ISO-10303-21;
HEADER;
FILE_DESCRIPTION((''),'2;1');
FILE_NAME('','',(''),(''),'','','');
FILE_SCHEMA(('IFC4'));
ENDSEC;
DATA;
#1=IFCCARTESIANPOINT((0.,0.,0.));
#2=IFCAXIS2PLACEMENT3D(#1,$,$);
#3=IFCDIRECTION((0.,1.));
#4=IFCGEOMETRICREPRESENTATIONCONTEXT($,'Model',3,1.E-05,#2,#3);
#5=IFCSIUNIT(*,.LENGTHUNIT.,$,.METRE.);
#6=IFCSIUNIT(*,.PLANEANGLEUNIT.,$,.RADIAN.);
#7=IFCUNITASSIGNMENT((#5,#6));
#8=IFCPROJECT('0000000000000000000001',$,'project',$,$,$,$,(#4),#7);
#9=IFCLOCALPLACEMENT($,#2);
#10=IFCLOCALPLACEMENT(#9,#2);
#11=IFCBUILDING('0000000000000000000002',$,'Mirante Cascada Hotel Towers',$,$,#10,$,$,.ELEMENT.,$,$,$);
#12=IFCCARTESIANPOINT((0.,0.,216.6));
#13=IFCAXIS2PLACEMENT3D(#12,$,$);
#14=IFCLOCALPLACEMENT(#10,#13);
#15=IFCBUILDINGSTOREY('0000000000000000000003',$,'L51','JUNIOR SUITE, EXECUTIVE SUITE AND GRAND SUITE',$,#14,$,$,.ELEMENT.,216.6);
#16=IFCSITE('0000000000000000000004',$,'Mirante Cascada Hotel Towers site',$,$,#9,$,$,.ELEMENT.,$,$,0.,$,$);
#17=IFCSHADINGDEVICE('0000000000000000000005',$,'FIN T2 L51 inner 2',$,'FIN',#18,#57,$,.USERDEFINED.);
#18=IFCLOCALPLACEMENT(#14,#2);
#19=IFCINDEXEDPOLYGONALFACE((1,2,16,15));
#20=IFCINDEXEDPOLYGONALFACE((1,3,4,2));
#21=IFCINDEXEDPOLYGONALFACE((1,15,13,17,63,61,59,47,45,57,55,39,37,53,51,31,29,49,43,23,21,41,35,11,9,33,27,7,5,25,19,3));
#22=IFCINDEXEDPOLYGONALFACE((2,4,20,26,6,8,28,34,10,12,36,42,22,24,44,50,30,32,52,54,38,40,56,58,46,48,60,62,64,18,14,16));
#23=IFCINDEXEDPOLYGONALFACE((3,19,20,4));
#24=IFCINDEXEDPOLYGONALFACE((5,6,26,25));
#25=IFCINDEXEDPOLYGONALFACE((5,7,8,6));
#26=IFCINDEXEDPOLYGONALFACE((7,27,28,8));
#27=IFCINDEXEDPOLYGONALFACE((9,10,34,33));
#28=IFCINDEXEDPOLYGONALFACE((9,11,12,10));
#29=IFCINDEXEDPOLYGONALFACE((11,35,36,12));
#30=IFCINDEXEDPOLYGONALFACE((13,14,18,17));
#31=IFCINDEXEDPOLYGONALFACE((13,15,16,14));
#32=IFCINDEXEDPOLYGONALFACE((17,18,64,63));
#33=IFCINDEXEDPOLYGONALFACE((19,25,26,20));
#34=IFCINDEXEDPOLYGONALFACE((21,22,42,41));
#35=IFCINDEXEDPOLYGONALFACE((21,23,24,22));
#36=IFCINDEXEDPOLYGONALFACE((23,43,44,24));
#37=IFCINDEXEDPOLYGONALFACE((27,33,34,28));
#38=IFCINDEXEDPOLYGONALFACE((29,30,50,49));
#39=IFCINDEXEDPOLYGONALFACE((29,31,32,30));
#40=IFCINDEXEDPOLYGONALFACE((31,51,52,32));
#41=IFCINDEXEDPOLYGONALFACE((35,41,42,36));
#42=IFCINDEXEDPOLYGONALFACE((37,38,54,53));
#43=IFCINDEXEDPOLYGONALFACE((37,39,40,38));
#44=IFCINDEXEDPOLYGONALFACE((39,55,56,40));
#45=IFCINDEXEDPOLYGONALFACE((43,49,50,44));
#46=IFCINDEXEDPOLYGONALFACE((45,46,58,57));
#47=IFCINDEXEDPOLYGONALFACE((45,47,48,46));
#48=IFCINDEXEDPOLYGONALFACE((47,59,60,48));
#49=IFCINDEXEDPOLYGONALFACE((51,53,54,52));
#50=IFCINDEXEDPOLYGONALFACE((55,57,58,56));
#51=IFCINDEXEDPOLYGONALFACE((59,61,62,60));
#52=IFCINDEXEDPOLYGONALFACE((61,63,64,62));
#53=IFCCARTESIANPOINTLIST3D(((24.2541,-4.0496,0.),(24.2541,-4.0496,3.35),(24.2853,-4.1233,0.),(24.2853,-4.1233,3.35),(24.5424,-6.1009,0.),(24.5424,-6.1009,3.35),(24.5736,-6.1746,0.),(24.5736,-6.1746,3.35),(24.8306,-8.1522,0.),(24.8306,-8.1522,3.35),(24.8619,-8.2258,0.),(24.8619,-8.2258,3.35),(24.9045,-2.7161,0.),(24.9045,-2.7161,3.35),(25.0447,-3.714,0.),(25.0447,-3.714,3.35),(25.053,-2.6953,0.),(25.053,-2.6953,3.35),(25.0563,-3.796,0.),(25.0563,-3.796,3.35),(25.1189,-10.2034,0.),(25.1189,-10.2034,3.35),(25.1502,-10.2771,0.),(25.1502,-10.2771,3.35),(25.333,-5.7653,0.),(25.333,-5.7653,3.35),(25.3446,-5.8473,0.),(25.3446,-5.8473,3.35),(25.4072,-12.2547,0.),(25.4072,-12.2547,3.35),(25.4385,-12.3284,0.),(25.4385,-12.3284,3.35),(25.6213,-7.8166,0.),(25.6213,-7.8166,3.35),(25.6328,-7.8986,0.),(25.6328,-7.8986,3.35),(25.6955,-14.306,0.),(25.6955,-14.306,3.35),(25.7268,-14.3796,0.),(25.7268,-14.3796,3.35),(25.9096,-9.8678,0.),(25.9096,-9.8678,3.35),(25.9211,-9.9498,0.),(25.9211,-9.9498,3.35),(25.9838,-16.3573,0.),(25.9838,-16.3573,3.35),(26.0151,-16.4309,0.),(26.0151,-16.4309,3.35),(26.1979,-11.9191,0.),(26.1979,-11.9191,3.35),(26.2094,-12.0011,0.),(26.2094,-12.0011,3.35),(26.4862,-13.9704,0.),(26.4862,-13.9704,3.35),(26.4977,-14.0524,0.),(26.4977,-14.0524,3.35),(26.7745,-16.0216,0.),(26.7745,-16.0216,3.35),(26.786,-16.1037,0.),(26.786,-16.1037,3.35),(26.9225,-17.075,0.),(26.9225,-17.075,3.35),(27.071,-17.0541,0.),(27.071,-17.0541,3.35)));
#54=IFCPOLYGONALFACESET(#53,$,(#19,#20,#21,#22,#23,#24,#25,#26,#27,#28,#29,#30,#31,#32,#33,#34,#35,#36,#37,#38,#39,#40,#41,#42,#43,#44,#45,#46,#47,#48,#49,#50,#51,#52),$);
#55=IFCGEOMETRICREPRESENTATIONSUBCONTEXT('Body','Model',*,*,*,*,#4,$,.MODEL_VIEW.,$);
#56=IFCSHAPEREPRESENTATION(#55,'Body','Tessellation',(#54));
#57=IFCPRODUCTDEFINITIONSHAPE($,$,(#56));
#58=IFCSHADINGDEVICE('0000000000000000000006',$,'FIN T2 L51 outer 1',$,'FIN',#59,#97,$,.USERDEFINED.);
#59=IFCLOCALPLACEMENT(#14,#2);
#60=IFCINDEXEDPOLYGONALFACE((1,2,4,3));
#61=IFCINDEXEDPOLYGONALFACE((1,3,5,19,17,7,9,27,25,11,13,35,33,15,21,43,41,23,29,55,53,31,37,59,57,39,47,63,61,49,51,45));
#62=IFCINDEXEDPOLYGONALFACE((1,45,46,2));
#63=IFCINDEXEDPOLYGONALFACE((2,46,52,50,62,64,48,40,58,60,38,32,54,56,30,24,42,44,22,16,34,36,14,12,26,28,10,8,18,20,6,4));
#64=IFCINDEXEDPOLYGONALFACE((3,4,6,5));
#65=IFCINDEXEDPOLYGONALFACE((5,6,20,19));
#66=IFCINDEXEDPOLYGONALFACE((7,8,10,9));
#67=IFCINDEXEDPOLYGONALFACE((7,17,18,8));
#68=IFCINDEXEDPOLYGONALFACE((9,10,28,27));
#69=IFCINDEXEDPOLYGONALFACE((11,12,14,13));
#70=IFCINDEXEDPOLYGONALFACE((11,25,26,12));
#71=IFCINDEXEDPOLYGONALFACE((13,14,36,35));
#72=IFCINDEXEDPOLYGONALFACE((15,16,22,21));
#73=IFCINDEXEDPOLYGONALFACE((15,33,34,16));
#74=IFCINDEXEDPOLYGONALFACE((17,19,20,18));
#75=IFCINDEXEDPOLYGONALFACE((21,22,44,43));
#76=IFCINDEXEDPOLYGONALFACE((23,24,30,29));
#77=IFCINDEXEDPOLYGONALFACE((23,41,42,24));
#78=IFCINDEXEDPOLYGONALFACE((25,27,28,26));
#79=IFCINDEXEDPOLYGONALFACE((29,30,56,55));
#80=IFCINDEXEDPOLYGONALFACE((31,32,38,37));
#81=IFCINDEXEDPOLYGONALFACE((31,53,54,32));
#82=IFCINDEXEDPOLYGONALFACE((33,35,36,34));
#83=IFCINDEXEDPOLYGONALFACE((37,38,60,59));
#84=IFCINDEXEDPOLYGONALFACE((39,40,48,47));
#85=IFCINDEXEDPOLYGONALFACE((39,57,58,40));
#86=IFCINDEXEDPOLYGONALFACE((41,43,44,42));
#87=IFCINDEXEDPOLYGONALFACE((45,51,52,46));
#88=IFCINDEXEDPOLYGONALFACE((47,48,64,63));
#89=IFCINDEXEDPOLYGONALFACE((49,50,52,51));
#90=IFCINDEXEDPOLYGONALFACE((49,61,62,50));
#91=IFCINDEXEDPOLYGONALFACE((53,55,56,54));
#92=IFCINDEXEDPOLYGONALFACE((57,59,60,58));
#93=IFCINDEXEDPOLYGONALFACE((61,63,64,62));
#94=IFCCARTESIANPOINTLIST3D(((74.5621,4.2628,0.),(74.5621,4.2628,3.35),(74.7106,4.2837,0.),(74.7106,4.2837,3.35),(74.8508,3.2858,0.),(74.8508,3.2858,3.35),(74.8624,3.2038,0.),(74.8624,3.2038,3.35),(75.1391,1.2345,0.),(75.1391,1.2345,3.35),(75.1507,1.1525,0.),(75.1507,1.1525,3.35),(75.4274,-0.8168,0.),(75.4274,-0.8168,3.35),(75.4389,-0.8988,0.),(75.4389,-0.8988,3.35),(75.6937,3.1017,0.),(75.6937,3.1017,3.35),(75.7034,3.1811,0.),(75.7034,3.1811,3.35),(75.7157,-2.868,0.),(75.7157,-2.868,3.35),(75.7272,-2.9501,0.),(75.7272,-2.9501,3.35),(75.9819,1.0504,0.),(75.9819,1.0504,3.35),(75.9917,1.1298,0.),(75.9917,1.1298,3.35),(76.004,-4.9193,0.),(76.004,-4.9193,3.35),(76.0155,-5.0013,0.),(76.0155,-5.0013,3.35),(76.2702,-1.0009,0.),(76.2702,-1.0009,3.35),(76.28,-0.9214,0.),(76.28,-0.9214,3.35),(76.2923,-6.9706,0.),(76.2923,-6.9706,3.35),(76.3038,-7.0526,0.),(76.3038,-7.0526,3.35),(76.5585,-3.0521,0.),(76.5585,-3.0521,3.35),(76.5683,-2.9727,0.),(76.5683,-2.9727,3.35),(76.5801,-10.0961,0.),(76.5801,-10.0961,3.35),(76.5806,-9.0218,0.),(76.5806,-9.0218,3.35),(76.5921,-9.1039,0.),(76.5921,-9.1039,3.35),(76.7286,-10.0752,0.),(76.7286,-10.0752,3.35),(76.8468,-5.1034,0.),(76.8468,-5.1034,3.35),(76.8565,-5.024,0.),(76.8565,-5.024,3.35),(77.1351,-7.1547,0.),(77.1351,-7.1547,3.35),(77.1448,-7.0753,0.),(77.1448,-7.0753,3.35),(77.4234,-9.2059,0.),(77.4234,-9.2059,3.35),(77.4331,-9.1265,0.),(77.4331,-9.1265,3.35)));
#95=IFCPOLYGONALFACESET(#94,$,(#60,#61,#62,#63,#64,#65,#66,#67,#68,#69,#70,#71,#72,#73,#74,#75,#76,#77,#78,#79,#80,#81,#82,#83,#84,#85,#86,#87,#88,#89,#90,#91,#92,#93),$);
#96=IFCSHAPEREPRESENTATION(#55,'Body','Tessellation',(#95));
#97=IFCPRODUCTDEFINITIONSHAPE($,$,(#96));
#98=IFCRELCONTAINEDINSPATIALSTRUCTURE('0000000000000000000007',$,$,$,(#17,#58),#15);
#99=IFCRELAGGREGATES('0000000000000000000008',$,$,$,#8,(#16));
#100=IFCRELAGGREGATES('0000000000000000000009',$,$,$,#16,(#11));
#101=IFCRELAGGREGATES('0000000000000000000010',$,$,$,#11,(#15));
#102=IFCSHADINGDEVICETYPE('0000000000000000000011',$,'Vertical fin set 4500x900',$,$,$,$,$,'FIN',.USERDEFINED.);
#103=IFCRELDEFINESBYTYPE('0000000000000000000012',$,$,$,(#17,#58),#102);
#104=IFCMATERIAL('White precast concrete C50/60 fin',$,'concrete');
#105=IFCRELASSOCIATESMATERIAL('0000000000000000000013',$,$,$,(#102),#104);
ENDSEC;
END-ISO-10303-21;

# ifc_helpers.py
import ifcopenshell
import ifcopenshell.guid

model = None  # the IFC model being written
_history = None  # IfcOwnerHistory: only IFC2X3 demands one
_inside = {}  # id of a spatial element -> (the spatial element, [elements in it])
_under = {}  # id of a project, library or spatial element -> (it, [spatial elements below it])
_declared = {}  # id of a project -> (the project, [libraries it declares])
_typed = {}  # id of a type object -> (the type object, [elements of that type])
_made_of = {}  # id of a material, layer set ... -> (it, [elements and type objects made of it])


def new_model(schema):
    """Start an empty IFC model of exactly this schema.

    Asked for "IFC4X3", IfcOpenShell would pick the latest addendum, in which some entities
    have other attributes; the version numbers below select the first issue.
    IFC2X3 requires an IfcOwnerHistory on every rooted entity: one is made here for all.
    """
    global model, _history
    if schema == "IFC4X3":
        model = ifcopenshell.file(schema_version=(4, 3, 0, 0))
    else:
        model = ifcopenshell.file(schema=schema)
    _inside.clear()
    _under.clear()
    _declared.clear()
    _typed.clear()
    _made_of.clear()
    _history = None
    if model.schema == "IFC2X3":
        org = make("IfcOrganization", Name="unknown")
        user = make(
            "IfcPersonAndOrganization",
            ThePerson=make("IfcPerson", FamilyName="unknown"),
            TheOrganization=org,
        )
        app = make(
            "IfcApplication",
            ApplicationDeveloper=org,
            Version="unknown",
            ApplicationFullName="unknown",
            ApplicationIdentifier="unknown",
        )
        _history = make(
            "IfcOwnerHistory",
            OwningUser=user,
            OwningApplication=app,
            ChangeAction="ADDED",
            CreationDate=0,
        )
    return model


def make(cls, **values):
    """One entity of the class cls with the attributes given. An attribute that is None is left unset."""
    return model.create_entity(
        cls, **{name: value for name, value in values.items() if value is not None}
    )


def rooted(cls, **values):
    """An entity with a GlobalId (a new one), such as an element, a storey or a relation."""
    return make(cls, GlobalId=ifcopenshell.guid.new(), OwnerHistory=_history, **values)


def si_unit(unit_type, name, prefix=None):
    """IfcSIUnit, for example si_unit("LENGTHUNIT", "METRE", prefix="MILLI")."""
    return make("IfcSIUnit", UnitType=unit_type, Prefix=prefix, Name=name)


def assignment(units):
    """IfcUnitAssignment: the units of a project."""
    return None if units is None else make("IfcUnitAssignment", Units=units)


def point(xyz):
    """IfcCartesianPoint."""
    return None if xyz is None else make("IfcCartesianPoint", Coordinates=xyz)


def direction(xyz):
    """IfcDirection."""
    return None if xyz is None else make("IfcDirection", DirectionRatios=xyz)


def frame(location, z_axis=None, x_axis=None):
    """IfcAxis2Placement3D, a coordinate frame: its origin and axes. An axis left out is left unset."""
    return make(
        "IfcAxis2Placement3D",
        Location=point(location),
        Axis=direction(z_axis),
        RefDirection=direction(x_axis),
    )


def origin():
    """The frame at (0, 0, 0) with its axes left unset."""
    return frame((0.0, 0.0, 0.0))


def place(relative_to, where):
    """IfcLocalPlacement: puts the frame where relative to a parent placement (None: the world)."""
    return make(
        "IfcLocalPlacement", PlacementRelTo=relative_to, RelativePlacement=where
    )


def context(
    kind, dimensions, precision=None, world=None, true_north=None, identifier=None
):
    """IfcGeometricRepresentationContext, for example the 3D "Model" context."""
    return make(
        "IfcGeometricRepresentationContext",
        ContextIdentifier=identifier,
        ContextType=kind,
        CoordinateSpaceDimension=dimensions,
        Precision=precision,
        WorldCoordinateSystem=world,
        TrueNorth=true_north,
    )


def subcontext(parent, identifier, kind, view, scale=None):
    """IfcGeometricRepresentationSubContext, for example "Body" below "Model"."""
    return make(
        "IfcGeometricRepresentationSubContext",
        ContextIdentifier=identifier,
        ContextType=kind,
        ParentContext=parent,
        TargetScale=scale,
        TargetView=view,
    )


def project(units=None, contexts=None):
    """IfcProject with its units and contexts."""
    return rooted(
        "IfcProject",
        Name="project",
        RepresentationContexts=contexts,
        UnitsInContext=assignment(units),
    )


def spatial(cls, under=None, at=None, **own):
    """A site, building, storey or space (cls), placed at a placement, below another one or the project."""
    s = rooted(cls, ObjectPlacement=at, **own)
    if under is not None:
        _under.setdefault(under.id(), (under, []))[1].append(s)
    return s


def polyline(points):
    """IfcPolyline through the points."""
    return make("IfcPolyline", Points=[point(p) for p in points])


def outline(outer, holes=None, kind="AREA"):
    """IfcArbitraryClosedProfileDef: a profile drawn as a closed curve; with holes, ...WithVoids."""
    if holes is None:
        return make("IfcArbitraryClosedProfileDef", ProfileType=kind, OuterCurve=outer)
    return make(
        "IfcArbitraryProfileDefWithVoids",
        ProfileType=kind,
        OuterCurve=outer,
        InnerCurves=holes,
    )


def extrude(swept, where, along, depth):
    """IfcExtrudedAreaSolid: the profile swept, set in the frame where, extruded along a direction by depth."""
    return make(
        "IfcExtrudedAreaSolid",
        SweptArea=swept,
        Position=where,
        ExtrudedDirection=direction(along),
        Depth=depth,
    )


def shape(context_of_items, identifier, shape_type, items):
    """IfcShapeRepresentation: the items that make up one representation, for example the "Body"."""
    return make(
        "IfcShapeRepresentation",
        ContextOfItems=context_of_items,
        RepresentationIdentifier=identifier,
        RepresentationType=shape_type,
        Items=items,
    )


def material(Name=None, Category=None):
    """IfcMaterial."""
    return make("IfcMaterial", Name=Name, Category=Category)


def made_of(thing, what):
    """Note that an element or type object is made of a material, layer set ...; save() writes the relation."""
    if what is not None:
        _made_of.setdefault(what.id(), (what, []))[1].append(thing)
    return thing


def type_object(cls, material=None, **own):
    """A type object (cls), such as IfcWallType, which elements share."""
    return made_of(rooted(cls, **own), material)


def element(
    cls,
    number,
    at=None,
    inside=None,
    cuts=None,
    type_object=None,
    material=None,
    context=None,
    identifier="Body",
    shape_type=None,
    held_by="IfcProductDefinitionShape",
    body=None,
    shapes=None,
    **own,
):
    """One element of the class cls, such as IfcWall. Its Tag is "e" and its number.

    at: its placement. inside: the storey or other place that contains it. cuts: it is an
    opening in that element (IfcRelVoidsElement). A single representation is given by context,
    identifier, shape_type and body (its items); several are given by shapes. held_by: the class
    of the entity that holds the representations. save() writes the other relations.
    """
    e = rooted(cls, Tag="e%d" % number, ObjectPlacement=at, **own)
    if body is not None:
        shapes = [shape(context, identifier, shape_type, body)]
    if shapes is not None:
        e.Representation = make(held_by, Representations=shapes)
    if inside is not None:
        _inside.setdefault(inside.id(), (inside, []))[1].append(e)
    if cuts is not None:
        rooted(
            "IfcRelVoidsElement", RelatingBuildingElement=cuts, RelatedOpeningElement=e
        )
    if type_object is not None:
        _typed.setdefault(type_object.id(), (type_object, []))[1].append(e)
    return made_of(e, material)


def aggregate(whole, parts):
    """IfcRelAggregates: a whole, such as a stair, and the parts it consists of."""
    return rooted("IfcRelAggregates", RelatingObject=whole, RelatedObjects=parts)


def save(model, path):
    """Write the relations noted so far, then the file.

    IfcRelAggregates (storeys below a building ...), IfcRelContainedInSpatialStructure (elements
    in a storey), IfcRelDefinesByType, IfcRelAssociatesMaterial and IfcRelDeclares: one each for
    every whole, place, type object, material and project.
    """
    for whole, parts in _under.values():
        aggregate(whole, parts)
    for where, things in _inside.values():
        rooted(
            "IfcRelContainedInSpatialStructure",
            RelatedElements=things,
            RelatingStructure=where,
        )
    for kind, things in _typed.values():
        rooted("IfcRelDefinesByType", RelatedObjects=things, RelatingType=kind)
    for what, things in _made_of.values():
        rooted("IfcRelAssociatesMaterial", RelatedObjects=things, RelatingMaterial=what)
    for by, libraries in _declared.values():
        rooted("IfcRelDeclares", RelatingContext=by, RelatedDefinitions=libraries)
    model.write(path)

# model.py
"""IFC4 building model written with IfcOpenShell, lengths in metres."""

from ifc_helpers import new_model, si_unit, direction, frame, origin, place, context, subcontext, project, spatial, polyline, outline, extrude, material, type_object, element, save


model = new_model("IFC4")

# Units and contexts
model_context = context("Model", 3, precision=1e-05, world=origin(), true_north=direction((0.0, 1.0)))
body_context = subcontext(model_context, "Body", "Model", "MODEL_VIEW")
ifc_project = project(units=[si_unit("LENGTHUNIT", "METRE"), si_unit("PLANEANGLEUNIT", "RADIAN")], contexts=[model_context])

# Site, building, storey
site_placement = place(None, origin())
site = spatial("IfcSite", under=ifc_project, at=site_placement, Name="Mirante Cascada Hotel Towers site", CompositionType="ELEMENT", RefElevation=0.0)
building_placement = place(site_placement, origin())
building = spatial("IfcBuilding", under=site, at=building_placement, Name="Mirante Cascada Hotel Towers", CompositionType="ELEMENT")
storey_placement = place(building_placement, frame((0.0, 0.0, 216.6)))
storey = spatial("IfcBuildingStorey", under=building, at=storey_placement, Name="L51", Description="JUNIOR SUITE, EXECUTIVE SUITE AND GRAND SUITE", CompositionType="ELEMENT", Elevation=216.6)

# Shading devices
ifc_material_1 = material(Name="White precast concrete C50/60 fin", Category="concrete")
shading_device_type = type_object("IfcShadingDeviceType", Name="Vertical fin set 4500x900", ElementType="FIN", PredefinedType="USERDEFINED", material=ifc_material_1)
shading_device_1_placement = place(storey_placement, origin())
element("IfcShadingDevice", 1, at=shading_device_1_placement, inside=storey, type_object=shading_device_type, Name="FIN T2 L51 inner 2", ObjectType="FIN", PredefinedType="USERDEFINED", context=body_context, shape_type="SweptSolid", body=[
    extrude(outline(polyline([(25.9838, -16.3573), (26.7745, -16.0216), (26.4977, -14.0524), (25.7268, -14.3796), (25.6955, -14.306), (26.4862, -13.9704), (26.2094, -12.0011), (25.4385, -12.3284), (25.4072, -12.2547), (26.1979, -11.9191), (25.9211, -9.9498), (25.1502, -10.2771), (25.1189, -10.2034), (25.9096, -9.8678), (25.6328, -7.8986), (24.8619, -8.2258), (24.8306, -8.1522), (25.6213, -7.8166), (25.3446, -5.8473), (24.5736, -6.1746), (24.5424, -6.1009), (25.333, -5.7653), (25.0563, -3.796), (24.2853, -4.1233), (24.2541, -4.0496), (25.0447, -3.714), (24.9045, -2.7161), (25.053, -2.6953), (27.071, -17.0541), (26.9225, -17.075), (26.786, -16.1037), (26.0151, -16.4309), (25.9838, -16.3573)])), origin(), (0.0, 0.0, 1.0), 3.35),
])
shading_device_2_placement = place(storey_placement, origin())
element("IfcShadingDevice", 2, at=shading_device_2_placement, inside=storey, type_object=shading_device_type, Name="FIN T2 L51 outer 1", ObjectType="FIN", PredefinedType="USERDEFINED", context=body_context, shape_type="SweptSolid", body=[
    extrude(outline(polyline([(77.4234, -9.2059), (76.5921, -9.1039), (76.7286, -10.0752), (76.5801, -10.0961), (74.5621, 4.2628), (74.7106, 4.2837), (74.8508, 3.2858), (75.7034, 3.1811), (75.6937, 3.1017), (74.8624, 3.2038), (75.1391, 1.2345), (75.9917, 1.1298), (75.9819, 1.0504), (75.1507, 1.1525), (75.4274, -0.8168), (76.28, -0.9214), (76.2702, -1.0009), (75.4389, -0.8988), (75.7157, -2.868), (76.5683, -2.9727), (76.5585, -3.0521), (75.7272, -2.9501), (76.004, -4.9193), (76.8565, -5.024), (76.8468, -5.1034), (76.0155, -5.0013), (76.2923, -6.9706), (77.1448, -7.0753), (77.1351, -7.1547), (76.3038, -7.0526), (76.5806, -9.0218), (77.4331, -9.1265), (77.4234, -9.2059)])), origin(), (0.0, 0.0, 1.0), 3.35),
])

save(model, "model.ifc")
